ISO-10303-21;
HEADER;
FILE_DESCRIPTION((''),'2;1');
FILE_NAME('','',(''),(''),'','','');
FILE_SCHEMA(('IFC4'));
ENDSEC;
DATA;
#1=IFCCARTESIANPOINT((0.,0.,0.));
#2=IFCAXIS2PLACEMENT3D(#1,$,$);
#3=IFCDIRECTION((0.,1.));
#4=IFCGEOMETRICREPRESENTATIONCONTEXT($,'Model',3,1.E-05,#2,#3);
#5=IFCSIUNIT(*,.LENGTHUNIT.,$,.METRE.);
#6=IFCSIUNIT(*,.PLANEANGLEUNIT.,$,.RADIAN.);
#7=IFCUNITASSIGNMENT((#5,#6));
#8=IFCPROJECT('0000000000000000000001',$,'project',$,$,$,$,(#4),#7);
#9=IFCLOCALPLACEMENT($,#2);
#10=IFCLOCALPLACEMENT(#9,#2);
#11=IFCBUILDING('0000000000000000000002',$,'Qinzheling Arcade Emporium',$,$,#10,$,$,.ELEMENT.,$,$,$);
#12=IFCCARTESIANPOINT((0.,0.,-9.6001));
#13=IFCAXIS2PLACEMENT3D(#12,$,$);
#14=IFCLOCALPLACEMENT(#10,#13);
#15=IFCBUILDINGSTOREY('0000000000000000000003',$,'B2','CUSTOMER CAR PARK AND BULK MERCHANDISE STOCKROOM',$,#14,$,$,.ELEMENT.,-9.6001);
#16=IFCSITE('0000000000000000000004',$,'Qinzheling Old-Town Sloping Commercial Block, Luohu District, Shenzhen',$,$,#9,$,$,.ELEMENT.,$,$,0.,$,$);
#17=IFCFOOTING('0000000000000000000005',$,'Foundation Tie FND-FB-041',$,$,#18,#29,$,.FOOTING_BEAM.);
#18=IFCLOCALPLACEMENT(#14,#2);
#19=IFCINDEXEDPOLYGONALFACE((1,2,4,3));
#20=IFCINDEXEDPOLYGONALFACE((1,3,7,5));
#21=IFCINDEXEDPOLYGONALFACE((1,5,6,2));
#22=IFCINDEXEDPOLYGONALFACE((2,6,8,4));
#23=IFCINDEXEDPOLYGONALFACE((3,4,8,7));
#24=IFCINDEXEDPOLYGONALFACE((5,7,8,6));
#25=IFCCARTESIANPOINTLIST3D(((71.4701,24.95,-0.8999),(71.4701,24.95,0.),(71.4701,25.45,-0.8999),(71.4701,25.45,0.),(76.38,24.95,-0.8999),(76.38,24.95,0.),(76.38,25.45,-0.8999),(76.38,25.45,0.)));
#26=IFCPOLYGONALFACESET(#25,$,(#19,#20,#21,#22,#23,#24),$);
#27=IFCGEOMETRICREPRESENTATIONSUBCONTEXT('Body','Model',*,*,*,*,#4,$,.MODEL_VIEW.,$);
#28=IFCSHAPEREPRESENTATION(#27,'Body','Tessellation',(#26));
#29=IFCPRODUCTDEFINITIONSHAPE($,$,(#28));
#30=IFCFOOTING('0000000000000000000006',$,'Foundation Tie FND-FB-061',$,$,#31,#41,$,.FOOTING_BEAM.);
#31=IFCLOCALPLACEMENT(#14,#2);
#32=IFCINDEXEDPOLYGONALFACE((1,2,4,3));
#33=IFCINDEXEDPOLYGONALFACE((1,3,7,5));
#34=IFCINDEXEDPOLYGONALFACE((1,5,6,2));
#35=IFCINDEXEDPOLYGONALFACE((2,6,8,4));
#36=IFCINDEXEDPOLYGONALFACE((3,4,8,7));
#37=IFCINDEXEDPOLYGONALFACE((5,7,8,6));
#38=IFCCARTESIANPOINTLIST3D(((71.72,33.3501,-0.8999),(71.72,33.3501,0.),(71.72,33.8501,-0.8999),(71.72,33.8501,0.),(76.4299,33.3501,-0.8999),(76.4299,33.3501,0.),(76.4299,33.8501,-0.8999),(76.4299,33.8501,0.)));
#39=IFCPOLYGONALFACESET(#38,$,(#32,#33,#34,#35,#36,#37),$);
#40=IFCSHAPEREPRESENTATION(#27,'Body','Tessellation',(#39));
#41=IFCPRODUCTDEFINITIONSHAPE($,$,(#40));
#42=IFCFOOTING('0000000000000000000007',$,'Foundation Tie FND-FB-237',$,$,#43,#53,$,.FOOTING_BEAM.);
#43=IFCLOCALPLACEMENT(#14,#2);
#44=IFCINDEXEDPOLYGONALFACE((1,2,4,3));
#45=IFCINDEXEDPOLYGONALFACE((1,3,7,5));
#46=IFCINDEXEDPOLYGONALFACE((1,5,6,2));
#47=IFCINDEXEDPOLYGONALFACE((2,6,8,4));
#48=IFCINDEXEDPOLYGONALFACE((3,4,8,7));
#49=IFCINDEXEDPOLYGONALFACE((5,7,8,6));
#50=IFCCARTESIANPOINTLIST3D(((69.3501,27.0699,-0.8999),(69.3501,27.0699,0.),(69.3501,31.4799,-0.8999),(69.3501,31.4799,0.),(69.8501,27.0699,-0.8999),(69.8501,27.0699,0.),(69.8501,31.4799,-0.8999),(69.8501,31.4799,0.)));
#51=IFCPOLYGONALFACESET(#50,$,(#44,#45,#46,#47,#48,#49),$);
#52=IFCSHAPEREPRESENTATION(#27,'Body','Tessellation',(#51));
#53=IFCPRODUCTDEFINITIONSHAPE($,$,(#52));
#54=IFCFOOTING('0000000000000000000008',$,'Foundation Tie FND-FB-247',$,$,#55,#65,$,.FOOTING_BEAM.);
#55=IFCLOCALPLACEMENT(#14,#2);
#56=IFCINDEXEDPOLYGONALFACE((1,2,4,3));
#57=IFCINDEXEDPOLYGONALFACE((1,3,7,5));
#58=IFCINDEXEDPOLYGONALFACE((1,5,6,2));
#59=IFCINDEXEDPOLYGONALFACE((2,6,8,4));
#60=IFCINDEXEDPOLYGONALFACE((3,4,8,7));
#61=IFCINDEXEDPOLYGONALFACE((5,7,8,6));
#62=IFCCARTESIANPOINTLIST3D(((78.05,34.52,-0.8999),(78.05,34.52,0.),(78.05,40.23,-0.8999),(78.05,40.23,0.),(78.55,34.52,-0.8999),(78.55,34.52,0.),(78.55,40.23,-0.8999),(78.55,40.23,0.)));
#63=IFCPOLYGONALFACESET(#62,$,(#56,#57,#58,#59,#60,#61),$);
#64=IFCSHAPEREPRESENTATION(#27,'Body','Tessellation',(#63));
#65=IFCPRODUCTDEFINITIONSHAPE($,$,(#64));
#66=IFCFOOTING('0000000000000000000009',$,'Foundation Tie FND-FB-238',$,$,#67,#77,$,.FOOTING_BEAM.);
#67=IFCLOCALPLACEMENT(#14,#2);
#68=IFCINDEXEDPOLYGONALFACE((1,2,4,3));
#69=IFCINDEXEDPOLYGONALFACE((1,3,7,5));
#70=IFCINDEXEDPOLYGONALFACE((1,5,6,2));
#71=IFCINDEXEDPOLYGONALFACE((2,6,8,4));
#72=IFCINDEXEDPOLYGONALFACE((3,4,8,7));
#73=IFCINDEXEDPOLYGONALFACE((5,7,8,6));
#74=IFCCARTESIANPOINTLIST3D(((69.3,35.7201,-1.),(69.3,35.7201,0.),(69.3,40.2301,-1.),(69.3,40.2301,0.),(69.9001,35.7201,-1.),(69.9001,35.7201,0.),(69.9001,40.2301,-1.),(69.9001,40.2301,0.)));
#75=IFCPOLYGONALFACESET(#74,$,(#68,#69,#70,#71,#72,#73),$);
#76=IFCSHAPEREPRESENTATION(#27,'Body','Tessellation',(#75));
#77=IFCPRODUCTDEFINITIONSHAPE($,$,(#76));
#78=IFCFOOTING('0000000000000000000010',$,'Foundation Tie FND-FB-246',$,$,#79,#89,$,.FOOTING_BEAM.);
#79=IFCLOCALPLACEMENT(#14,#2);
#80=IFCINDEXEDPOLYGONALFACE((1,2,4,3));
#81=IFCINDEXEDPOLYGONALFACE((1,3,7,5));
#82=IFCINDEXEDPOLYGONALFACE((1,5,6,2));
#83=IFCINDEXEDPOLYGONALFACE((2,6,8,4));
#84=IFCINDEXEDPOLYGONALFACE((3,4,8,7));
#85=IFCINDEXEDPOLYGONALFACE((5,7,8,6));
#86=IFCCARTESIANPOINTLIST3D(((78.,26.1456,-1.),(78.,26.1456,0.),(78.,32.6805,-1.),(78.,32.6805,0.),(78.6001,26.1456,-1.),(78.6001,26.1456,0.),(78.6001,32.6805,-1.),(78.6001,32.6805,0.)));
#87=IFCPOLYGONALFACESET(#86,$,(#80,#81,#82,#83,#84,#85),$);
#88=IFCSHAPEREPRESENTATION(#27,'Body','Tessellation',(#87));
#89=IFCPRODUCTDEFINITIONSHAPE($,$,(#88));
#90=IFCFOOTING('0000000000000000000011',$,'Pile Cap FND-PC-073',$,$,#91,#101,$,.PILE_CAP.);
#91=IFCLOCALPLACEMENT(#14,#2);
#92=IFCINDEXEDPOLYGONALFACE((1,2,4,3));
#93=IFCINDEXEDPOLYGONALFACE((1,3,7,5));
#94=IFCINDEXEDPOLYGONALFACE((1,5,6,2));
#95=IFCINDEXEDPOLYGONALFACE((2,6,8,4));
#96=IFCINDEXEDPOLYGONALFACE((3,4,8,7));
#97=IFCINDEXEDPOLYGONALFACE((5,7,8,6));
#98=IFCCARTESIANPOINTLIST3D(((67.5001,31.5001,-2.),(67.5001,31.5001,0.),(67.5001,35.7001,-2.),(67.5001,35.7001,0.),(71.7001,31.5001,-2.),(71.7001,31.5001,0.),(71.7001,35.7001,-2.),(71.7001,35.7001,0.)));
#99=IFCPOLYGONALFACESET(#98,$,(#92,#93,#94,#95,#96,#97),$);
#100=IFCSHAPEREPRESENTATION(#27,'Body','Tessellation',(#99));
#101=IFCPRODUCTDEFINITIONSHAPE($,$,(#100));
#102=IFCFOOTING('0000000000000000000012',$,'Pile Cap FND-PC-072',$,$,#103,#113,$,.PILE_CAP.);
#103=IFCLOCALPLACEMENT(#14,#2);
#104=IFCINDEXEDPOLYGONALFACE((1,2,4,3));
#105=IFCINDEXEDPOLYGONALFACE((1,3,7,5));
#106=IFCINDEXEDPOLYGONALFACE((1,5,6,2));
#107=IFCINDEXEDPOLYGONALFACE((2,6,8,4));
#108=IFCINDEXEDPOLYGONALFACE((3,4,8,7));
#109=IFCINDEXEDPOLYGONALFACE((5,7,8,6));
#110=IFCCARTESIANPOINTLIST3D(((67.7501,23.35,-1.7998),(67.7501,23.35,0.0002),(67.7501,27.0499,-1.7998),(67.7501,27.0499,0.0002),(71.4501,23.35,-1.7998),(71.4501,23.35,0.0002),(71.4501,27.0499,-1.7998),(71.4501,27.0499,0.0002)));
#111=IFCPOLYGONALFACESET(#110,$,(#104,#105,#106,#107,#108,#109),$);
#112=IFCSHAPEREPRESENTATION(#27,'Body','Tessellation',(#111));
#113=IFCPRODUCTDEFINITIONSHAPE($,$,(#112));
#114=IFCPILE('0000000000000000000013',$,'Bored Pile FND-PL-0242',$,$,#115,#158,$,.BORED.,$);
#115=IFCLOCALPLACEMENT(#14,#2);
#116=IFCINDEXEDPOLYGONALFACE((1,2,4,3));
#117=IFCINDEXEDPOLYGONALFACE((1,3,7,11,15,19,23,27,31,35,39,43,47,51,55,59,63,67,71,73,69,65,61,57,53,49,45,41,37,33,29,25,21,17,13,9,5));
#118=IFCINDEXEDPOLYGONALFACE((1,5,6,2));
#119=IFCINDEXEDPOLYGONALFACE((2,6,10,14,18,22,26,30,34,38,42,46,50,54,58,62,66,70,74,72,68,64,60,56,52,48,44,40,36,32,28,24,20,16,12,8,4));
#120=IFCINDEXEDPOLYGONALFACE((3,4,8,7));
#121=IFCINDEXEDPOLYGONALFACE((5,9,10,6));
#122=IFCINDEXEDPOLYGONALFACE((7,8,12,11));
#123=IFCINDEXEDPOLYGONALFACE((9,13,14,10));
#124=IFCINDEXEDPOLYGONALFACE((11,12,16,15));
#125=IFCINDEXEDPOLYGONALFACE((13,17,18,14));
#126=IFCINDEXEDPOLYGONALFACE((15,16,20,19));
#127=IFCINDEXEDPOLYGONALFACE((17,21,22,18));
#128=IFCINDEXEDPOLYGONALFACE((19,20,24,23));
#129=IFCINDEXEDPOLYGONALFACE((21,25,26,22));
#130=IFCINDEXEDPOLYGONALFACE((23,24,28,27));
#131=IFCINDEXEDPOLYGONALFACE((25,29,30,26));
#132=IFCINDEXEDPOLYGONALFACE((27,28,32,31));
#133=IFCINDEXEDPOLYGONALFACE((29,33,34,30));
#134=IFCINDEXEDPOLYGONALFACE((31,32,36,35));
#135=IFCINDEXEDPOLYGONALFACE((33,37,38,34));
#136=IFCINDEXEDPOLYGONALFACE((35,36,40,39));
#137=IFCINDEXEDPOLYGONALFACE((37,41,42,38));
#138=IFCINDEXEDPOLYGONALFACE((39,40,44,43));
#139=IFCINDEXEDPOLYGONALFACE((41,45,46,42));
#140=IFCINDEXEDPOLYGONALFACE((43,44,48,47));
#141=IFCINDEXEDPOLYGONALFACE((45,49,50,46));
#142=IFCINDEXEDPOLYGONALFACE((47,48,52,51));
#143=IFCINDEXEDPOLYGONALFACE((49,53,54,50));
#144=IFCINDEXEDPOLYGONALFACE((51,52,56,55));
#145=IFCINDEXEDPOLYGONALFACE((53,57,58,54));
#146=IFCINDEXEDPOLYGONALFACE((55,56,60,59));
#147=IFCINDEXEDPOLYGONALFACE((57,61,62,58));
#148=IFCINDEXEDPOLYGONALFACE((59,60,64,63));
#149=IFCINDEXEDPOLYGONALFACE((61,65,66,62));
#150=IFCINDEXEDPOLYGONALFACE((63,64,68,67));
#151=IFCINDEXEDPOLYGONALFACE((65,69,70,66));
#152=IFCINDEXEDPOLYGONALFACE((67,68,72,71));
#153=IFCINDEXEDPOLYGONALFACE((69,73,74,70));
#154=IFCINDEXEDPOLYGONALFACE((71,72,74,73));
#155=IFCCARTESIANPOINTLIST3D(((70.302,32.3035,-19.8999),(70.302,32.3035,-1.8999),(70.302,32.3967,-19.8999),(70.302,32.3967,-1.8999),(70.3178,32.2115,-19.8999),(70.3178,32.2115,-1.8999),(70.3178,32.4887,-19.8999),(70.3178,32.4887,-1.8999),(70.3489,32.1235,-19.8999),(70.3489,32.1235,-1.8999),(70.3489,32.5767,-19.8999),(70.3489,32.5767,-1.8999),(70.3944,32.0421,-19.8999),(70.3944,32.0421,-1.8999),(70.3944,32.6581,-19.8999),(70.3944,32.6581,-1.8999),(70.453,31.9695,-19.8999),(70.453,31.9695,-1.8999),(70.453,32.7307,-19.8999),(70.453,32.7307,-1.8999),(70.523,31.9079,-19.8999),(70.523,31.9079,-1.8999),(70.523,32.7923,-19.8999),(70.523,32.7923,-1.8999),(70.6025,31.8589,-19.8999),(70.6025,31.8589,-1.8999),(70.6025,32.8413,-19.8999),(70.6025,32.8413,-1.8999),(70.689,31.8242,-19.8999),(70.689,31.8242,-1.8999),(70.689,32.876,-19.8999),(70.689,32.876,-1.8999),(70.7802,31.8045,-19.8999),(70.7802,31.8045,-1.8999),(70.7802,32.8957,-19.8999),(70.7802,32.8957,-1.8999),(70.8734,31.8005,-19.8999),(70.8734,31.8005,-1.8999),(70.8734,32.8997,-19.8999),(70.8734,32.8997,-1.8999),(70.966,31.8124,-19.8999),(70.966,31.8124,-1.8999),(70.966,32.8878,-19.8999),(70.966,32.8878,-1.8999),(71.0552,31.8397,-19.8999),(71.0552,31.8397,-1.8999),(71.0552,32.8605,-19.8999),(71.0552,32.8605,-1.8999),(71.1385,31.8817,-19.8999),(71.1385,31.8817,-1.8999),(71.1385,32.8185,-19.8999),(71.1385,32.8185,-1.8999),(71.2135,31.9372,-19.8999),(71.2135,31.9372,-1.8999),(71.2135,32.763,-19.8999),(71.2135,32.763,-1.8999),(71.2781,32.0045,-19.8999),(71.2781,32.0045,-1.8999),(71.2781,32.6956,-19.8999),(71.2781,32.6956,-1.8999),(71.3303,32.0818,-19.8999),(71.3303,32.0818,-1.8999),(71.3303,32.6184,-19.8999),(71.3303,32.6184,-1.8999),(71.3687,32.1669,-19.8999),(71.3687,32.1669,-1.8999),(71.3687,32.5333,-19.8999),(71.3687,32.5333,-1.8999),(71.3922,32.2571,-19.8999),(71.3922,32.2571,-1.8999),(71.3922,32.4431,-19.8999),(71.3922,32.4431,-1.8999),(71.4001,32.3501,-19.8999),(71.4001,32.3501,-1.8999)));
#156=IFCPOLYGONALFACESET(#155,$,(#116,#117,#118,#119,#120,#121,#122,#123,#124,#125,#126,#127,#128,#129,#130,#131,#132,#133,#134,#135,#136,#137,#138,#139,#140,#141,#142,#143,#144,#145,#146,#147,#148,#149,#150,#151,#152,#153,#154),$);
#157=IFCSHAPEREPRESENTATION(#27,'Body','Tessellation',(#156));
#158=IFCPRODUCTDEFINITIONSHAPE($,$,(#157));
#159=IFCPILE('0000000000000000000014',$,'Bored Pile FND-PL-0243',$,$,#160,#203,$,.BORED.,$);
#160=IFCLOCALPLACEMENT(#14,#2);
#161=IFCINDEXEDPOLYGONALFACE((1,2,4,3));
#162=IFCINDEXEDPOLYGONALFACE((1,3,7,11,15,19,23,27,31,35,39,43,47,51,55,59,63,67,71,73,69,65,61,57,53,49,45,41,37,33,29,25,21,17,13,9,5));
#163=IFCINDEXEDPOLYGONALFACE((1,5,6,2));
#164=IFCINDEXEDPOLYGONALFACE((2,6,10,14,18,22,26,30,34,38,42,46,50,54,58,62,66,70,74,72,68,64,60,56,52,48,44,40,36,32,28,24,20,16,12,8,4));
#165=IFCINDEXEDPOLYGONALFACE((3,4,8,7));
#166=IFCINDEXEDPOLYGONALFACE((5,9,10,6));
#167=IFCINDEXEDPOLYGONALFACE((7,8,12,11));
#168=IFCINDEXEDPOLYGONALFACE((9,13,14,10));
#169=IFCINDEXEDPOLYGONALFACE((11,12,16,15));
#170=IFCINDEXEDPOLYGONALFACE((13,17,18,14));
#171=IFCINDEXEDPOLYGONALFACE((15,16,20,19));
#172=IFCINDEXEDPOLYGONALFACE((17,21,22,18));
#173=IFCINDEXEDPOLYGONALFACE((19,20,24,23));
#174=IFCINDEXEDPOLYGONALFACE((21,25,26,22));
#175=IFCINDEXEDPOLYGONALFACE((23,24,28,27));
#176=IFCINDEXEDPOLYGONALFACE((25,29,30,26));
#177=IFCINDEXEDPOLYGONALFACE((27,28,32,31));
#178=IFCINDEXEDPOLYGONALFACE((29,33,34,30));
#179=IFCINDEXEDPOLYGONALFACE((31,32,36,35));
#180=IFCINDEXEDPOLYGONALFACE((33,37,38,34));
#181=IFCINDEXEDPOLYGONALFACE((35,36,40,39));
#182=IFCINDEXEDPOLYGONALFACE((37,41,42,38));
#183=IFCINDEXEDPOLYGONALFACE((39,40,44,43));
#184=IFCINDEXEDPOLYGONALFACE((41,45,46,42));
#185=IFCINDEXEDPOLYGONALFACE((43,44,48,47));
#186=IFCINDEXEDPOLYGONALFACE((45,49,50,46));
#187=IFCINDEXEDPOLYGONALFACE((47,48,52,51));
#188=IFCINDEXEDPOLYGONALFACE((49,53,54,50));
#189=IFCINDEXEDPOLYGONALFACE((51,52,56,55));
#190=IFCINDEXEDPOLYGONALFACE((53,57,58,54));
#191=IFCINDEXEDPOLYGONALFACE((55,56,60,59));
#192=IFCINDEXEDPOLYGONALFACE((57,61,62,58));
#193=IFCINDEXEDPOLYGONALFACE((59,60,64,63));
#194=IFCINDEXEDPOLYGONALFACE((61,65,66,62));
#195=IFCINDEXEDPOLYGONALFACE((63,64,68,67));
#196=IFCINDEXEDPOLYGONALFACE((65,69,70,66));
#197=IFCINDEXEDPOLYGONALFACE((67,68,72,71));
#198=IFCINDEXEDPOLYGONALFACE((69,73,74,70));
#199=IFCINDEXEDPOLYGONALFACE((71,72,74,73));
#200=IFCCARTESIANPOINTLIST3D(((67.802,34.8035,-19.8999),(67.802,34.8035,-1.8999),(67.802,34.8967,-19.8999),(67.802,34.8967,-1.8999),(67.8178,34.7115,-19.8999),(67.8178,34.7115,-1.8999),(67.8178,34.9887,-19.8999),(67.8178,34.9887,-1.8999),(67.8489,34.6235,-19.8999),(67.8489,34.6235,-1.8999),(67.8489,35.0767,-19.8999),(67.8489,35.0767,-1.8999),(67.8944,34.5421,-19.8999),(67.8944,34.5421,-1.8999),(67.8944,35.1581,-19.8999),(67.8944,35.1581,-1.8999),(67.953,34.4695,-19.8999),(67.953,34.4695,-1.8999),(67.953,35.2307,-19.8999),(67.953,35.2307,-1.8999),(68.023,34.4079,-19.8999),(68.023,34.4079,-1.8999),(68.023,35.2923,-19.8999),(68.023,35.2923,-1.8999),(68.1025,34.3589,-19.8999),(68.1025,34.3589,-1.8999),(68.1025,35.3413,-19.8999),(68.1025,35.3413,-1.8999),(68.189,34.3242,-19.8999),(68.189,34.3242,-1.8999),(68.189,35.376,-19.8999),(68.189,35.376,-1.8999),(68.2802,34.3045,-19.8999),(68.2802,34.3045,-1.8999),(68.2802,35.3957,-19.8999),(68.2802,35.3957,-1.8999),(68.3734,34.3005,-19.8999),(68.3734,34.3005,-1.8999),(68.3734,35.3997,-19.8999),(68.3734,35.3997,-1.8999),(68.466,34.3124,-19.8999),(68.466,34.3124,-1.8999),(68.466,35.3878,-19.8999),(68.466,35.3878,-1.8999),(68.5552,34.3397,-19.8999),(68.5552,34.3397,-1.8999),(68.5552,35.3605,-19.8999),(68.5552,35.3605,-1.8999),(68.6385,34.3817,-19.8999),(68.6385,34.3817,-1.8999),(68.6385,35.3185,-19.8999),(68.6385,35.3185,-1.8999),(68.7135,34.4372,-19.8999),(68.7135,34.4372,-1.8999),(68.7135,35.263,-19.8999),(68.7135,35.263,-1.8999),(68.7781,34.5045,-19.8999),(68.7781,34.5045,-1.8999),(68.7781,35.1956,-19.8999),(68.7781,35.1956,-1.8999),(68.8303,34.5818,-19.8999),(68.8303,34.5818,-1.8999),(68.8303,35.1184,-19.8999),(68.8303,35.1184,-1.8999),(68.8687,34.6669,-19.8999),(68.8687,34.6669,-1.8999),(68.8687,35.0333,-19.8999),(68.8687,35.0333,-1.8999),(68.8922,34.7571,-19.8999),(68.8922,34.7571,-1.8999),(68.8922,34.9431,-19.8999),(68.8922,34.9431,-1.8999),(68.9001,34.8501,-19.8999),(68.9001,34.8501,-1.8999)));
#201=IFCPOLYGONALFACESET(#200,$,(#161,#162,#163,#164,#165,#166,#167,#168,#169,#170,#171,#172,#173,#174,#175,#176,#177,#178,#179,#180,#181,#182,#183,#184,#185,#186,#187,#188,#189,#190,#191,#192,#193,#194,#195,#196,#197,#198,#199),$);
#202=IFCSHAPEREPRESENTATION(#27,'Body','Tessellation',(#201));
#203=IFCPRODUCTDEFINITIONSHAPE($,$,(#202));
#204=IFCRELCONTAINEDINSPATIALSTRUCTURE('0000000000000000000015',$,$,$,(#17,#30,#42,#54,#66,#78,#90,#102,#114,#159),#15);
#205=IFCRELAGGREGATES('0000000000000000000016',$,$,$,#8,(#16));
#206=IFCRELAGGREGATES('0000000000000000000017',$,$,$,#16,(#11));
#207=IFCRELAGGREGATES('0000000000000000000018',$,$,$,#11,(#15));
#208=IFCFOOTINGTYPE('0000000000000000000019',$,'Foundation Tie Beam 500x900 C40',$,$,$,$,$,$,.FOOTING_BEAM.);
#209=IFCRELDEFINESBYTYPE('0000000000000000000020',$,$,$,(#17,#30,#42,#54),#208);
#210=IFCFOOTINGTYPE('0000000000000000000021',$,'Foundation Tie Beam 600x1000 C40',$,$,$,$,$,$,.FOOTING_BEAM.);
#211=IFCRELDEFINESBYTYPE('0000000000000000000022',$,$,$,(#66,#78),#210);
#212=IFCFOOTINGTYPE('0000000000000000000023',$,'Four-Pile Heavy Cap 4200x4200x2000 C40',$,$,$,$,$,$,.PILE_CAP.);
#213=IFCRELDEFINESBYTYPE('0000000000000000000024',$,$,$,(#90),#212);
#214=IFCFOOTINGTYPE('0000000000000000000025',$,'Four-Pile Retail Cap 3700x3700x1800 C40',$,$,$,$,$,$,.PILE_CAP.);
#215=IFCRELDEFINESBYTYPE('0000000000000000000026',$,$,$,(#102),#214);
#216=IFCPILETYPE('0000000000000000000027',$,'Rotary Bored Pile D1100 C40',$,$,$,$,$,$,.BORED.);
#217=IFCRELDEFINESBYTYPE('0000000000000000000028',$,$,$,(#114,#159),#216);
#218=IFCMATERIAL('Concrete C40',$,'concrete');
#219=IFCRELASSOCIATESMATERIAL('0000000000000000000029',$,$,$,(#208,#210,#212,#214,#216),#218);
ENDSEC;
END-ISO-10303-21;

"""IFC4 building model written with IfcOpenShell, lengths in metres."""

from ifc_helpers import new_model, si_unit, direction, frame, origin, origin_2d, place, context, subcontext, project, spatial, rectangle, circle, extrude, material, material_profile, profile_set, type_object, element, save


model = new_model("IFC4")

# Units and contexts
model_context = context("Model", 3, precision=1e-05, world=origin(), true_north=direction((0.0, 1.0)))
body_context = subcontext(model_context, "Body", "Model", "MODEL_VIEW")
ifc_project = project(units=[si_unit("LENGTHUNIT", "METRE"), si_unit("PLANEANGLEUNIT", "RADIAN")], contexts=[model_context])

# Site, building, storey
site_placement = place(None, origin())
site = spatial("IfcSite", under=ifc_project, at=site_placement, Name="Qinzheling Old-Town Sloping Commercial Block, Luohu District, Shenzhen", CompositionType="ELEMENT", RefElevation=0.0)
building_placement = place(site_placement, origin())
building = spatial("IfcBuilding", under=site, at=building_placement, Name="Qinzheling Arcade Emporium", CompositionType="ELEMENT")
storey_placement = place(building_placement, frame((0.0, 0.0, -9.6001)))
storey = spatial("IfcBuildingStorey", under=building, at=storey_placement, Name="B2", Description="CUSTOMER CAR PARK AND BULK MERCHANDISE STOCKROOM", CompositionType="ELEMENT", Elevation=-9.6001)

# Footings
ifc_material_1 = material(Name="Concrete C40", Category="concrete")
footing_type_1 = type_object("IfcFootingType", Name="Foundation Tie Beam 500x900 C40", PredefinedType="FOOTING_BEAM", material=ifc_material_1)
footing_1_placement = place(storey_placement, frame((73.925, 25.2, -0.8999), z_axis=(0.0, 0.0, 1.0), x_axis=(1.0, 0.0, 0.0)))
element("IfcFooting", 1, at=footing_1_placement, inside=storey, type_object=footing_type_1, Name="Foundation Tie FND-FB-041", PredefinedType="FOOTING_BEAM", context=body_context, shape_type="SweptSolid", body=[
    extrude(rectangle(XDim=4.9099, YDim=0.5, at=origin_2d()), origin(), (0.0, 0.0, 1.0), 0.8999),
])
footing_2_placement = place(storey_placement, frame((74.075, 33.6001, -0.8999), z_axis=(0.0, 0.0, 1.0), x_axis=(1.0, 0.0, 0.0)))
element("IfcFooting", 2, at=footing_2_placement, inside=storey, type_object=footing_type_1, Name="Foundation Tie FND-FB-061", PredefinedType="FOOTING_BEAM", context=body_context, shape_type="SweptSolid", body=[
    extrude(rectangle(XDim=4.71, YDim=0.5, at=origin_2d()), origin(), (0.0, 0.0, 1.0), 0.8999),
])
footing_3_placement = place(storey_placement, frame((69.6001, 29.2749, -0.8999), z_axis=(0.0, 0.0, 1.0), x_axis=(1.0, 0.0, 0.0)))
element("IfcFooting", 3, at=footing_3_placement, inside=storey, type_object=footing_type_1, Name="Foundation Tie FND-FB-237", PredefinedType="FOOTING_BEAM", context=body_context, shape_type="SweptSolid", body=[
    extrude(rectangle(XDim=0.5, YDim=4.4099, at=origin_2d()), origin(), (0.0, 0.0, 1.0), 0.8999),
])
footing_4_placement = place(storey_placement, frame((78.3, 37.375, -0.8999), z_axis=(0.0, 0.0, 1.0), x_axis=(1.0, 0.0, 0.0)))
element("IfcFooting", 4, at=footing_4_placement, inside=storey, type_object=footing_type_1, Name="Foundation Tie FND-FB-247", PredefinedType="FOOTING_BEAM", context=body_context, shape_type="SweptSolid", body=[
    extrude(rectangle(XDim=0.5, YDim=5.71, at=origin_2d()), origin(), (0.0, 0.0, 1.0), 0.8999),
])
footing_type_2 = type_object("IfcFootingType", Name="Foundation Tie Beam 600x1000 C40", PredefinedType="FOOTING_BEAM", material=ifc_material_1)
footing_5_placement = place(storey_placement, frame((69.6001, 37.9751, -1.0), z_axis=(0.0, 0.0, 1.0), x_axis=(1.0, 0.0, 0.0)))
element("IfcFooting", 5, at=footing_5_placement, inside=storey, type_object=footing_type_2, Name="Foundation Tie FND-FB-238", PredefinedType="FOOTING_BEAM", context=body_context, shape_type="SweptSolid", body=[
    extrude(rectangle(XDim=0.6001, YDim=4.51, at=origin_2d()), origin(), (0.0, 0.0, 1.0), 1.0),
])
footing_6_placement = place(storey_placement, frame((78.3, 29.4131, -1.0), z_axis=(0.0, 0.0, 1.0), x_axis=(1.0, 0.0, 0.0)))
element("IfcFooting", 6, at=footing_6_placement, inside=storey, type_object=footing_type_2, Name="Foundation Tie FND-FB-246", PredefinedType="FOOTING_BEAM", context=body_context, shape_type="SweptSolid", body=[
    extrude(rectangle(XDim=0.6001, YDim=6.5349, at=origin_2d()), origin(), (0.0, 0.0, 1.0), 1.0),
])
footing_type_3 = type_object("IfcFootingType", Name="Four-Pile Heavy Cap 4200x4200x2000 C40", PredefinedType="PILE_CAP", material=ifc_material_1)
footing_7_placement = place(storey_placement, frame((69.6001, 33.6001, -2.0), z_axis=(0.0, 0.0, 1.0), x_axis=(1.0, 0.0, 0.0)))
element("IfcFooting", 7, at=footing_7_placement, inside=storey, type_object=footing_type_3, Name="Pile Cap FND-PC-073", PredefinedType="PILE_CAP", context=body_context, shape_type="SweptSolid", body=[
    extrude(rectangle(XDim=4.2, YDim=4.2, at=origin_2d()), origin(), (0.0, 0.0, 1.0), 2.0),
])
footing_type_4 = type_object("IfcFootingType", Name="Four-Pile Retail Cap 3700x3700x1800 C40", PredefinedType="PILE_CAP", material=ifc_material_1)
footing_8_placement = place(storey_placement, frame((69.6001, 25.2, -1.7998), z_axis=(0.0, 0.0, 1.0), x_axis=(1.0, 0.0, 0.0)))
element("IfcFooting", 8, at=footing_8_placement, inside=storey, type_object=footing_type_4, Name="Pile Cap FND-PC-072", PredefinedType="PILE_CAP", context=body_context, shape_type="SweptSolid", body=[
    extrude(rectangle(XDim=3.7, YDim=3.7, at=origin_2d()), origin(), (0.0, 0.0, 1.0), 1.8),
])

# Piles
ifc_material_profile_1 = material_profile(ifc_material_1, circle(Radius=0.55, at=origin_2d()), Name="BORED D1100", Category="concrete")
ifc_profile_set_1 = profile_set([ifc_material_profile_1], Name="Concrete C40")
pile_type_1 = type_object("IfcPileType", Name="Rotary Bored Pile D1100 C40", PredefinedType="BORED", material=ifc_profile_set_1)
for number, where, z_axis, x_axis, name in (
    (9, (70.8501, 32.3501, -1.8999), (0.0, 0.0, -1.0), (1.0, 0.0, 0.0), "Bored Pile FND-PL-0242"),
    (10, (68.3501, 34.8501, -1.8999), (0.0, 0.0, -1.0), (1.0, 0.0, 0.0), "Bored Pile FND-PL-0243"),
):
    element("IfcPile", number, at=place(storey_placement, frame(where, z_axis=z_axis, x_axis=x_axis)), inside=storey, type_object=pile_type_1, Name=name, PredefinedType="BORED", context=body_context, shape_type="SweptSolid", body=[
        extrude(circle(Radius=0.55, at=origin_2d()), origin(), (0.0, 0.0, 1.0), 18.0),
    ])

save(model, "model.ifc")
